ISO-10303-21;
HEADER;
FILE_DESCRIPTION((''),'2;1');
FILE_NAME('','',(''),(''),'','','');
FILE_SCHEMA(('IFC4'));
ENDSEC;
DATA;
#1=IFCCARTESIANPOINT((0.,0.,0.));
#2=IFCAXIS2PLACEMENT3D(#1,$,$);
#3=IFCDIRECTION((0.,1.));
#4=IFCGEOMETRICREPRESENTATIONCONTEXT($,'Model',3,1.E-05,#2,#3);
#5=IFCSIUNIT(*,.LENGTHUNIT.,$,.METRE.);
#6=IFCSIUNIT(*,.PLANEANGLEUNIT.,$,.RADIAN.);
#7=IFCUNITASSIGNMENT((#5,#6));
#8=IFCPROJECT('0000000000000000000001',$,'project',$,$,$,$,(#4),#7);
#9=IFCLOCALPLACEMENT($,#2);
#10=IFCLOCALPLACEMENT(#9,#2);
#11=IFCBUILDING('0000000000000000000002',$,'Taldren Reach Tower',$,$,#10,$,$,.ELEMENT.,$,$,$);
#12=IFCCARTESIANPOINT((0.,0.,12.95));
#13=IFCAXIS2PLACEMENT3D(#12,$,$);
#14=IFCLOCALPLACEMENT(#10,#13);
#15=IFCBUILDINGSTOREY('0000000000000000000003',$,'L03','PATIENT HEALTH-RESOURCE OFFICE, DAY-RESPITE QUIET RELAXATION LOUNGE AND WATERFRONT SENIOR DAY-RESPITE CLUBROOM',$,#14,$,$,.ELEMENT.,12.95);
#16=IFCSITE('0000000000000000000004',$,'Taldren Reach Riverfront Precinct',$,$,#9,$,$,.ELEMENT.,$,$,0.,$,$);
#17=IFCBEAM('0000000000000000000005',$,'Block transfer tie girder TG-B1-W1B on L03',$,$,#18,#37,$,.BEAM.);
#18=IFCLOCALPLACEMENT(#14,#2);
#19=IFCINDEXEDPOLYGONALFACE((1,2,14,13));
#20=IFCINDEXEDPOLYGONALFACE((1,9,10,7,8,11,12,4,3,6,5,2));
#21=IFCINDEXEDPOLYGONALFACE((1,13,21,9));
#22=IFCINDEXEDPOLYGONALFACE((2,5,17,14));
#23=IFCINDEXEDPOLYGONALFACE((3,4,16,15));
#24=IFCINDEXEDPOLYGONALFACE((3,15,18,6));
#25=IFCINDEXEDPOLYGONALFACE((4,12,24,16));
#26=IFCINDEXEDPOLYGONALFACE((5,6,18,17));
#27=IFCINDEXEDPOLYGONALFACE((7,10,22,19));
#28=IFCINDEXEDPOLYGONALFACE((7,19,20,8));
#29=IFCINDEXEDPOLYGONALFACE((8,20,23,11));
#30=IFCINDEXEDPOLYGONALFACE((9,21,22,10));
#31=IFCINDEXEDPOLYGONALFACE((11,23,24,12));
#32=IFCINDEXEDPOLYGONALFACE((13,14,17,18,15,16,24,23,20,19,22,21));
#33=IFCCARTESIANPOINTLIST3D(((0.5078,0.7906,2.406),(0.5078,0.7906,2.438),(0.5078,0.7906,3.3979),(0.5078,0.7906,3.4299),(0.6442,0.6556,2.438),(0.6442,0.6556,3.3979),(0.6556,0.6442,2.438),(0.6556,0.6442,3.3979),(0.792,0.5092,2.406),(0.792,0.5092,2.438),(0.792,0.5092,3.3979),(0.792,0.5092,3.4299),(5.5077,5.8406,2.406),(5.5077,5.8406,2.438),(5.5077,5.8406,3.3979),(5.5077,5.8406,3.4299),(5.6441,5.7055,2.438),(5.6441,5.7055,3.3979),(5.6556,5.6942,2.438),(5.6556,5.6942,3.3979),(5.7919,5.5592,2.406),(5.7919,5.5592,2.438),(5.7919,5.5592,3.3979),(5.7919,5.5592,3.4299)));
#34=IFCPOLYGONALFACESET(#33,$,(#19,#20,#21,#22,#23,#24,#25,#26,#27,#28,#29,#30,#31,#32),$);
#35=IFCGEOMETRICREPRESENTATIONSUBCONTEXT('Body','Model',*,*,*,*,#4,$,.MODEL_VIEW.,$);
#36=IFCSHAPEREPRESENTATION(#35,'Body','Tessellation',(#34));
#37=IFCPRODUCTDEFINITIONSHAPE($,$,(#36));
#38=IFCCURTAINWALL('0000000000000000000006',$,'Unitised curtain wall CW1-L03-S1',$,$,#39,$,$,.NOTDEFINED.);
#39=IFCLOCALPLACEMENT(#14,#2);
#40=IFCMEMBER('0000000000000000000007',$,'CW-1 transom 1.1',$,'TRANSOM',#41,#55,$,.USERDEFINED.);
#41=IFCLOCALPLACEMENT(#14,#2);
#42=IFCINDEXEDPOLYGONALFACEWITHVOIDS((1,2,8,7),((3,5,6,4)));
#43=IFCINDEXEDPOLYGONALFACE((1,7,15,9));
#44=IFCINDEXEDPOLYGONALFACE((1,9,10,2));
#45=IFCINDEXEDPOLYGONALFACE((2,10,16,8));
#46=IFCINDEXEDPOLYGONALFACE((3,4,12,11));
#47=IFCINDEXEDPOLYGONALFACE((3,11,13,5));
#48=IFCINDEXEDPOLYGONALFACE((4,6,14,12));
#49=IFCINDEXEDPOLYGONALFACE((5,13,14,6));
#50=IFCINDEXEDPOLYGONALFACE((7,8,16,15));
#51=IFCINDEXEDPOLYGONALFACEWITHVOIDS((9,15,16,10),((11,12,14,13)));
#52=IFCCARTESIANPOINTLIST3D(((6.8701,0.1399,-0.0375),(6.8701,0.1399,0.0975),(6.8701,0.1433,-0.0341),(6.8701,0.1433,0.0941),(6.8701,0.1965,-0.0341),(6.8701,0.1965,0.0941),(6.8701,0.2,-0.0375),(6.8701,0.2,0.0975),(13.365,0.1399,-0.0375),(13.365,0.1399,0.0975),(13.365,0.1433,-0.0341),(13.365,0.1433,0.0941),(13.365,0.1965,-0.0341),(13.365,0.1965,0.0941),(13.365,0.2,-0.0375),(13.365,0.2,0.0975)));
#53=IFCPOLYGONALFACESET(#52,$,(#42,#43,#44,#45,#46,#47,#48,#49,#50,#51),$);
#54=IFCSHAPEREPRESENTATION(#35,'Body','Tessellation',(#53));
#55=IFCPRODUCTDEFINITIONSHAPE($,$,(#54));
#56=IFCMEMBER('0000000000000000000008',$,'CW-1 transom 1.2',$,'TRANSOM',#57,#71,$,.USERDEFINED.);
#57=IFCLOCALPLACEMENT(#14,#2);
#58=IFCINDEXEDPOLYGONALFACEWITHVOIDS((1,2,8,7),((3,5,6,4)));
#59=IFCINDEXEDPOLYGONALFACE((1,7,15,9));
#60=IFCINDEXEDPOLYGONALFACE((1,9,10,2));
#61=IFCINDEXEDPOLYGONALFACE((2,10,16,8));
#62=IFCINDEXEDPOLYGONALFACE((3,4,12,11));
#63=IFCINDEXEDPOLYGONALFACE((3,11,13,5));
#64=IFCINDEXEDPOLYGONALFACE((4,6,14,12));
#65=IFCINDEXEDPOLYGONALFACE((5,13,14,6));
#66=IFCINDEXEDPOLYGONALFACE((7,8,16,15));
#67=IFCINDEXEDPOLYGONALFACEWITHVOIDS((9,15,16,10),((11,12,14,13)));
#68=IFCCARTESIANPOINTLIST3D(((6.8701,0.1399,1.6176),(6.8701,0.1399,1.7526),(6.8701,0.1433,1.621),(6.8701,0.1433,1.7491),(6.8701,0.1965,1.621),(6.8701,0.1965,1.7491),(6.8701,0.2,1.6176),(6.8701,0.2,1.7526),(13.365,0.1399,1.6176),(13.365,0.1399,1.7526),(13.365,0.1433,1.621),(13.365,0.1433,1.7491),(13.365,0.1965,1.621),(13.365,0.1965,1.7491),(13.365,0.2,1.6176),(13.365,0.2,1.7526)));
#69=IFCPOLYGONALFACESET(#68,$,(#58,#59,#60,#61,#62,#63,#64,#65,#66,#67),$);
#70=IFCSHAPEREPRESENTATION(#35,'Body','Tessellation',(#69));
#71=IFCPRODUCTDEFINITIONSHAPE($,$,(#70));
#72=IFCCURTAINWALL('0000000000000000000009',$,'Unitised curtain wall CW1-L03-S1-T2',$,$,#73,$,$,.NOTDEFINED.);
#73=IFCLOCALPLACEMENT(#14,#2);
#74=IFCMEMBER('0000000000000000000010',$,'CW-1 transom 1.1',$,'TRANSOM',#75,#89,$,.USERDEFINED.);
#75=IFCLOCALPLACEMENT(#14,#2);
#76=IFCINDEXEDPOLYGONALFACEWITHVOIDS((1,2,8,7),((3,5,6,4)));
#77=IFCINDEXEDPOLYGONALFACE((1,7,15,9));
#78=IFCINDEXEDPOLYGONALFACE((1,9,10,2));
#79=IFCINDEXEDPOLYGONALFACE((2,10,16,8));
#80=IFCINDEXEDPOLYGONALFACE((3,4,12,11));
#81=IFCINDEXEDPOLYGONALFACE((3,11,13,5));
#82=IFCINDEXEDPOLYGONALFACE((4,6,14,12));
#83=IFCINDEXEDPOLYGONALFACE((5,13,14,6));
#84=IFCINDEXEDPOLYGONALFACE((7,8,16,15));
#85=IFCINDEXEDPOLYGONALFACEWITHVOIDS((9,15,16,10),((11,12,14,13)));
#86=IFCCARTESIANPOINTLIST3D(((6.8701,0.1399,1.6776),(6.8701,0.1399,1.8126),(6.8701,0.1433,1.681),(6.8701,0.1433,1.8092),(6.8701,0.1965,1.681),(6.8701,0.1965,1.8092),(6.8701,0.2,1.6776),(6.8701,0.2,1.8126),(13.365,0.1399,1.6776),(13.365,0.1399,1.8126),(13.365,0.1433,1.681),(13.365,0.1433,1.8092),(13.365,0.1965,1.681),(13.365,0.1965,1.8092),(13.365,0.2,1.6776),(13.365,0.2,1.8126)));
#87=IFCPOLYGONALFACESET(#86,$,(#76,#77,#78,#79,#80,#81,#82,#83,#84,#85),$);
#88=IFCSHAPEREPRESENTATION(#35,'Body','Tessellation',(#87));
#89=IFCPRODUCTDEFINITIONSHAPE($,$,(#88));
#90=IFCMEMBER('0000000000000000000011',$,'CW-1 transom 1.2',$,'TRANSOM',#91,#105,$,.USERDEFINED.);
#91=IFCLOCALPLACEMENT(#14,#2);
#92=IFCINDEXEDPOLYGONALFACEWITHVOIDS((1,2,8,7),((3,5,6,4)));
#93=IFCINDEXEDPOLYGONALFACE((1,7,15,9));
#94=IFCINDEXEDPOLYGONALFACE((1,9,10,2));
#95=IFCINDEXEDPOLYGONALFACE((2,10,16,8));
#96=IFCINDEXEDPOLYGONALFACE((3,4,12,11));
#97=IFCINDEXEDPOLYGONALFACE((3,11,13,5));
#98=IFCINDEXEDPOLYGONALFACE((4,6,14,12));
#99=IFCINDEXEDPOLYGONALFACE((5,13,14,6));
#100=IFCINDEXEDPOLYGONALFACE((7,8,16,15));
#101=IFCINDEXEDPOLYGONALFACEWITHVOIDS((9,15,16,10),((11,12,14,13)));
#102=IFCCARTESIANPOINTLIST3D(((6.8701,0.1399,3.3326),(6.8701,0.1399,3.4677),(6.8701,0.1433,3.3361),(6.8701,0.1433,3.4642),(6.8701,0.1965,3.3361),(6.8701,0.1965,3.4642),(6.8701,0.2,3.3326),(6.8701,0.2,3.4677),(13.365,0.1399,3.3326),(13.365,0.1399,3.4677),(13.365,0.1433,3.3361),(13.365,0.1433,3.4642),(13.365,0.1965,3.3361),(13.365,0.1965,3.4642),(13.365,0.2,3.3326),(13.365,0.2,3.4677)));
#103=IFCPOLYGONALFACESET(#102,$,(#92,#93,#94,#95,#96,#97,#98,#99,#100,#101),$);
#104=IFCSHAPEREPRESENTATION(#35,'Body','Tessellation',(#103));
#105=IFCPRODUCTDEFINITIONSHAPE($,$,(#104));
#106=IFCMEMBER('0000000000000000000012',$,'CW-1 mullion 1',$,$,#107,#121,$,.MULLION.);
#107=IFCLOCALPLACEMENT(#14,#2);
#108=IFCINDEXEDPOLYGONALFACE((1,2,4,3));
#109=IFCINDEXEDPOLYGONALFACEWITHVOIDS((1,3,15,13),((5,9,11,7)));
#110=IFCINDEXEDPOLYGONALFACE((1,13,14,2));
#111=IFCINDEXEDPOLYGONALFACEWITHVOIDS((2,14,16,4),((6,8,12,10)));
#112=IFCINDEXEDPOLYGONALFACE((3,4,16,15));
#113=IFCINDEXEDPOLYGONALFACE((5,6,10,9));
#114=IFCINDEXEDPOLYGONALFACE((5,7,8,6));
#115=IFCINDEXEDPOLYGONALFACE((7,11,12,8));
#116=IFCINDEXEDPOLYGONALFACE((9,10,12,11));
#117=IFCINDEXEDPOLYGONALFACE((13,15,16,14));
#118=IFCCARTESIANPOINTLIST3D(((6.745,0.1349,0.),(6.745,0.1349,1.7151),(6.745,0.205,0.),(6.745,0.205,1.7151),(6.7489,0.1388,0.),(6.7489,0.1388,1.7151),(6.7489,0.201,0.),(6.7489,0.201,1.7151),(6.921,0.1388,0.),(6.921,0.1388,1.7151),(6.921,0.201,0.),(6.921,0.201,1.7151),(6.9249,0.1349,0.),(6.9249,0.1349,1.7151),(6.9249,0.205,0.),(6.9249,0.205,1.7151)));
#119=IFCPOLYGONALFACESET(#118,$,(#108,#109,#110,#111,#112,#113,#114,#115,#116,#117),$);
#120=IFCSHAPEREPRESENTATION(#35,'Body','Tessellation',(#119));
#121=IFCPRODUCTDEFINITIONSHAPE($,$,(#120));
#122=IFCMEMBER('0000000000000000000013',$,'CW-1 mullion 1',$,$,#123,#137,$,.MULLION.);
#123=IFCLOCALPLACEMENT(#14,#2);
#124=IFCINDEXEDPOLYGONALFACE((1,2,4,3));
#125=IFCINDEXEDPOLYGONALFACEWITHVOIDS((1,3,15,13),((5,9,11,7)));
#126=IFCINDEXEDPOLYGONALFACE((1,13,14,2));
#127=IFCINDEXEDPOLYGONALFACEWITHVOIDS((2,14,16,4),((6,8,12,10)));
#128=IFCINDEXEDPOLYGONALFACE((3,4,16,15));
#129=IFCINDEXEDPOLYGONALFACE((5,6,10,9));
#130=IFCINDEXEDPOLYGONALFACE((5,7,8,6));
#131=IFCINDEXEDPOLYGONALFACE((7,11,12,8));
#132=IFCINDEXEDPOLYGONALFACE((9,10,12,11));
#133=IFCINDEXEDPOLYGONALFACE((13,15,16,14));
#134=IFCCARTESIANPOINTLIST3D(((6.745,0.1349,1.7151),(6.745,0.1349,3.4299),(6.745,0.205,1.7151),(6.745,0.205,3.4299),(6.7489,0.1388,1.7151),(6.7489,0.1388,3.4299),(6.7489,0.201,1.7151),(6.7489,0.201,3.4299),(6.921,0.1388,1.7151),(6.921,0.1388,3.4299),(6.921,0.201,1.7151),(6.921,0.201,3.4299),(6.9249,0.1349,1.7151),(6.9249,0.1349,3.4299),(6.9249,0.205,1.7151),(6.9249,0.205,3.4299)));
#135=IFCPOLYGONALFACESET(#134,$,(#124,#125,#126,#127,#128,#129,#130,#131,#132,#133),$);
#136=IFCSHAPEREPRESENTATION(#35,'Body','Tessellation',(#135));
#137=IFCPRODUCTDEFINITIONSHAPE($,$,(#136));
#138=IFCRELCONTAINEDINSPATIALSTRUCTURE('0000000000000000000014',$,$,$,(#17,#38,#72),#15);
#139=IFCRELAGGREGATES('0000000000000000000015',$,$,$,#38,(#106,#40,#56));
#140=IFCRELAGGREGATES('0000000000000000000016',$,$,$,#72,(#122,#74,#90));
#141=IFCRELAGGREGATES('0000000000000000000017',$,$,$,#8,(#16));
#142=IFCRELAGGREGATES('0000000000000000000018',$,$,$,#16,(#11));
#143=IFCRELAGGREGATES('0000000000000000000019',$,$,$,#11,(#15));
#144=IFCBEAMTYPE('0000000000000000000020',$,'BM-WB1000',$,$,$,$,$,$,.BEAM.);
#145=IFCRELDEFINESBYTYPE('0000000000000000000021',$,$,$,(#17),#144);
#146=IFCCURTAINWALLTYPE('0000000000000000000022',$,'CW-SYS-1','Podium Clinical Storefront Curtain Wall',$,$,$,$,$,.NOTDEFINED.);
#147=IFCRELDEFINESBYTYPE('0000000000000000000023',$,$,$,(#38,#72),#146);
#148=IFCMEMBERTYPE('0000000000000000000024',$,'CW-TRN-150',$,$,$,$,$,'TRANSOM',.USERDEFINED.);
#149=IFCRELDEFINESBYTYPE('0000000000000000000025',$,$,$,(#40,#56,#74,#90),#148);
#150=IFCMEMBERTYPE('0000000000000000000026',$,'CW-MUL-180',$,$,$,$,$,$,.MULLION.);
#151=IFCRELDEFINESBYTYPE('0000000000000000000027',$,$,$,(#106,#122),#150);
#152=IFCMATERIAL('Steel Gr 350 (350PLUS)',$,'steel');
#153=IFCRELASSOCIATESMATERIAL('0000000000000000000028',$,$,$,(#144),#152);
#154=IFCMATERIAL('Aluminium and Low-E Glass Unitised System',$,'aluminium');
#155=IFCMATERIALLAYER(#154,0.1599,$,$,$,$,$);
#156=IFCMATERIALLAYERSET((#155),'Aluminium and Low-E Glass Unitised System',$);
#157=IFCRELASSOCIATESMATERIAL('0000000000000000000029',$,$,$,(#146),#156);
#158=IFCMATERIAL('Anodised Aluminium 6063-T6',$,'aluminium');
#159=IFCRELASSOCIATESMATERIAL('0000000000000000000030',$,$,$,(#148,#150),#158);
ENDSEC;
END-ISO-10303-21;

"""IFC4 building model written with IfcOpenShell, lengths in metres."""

from ifc_helpers import new_model, si_unit, direction, frame, origin, origin_2d, place, context, subcontext, project, spatial, hollow_rectangle, i_section, extrude, source, transform, mapped, material, layer, layer_set, material_profile, profile_set, type_object, element, aggregate, save


model = new_model("IFC4")

# Units and contexts
model_context = context("Model", 3, precision=1e-05, world=origin(), true_north=direction((0.0, 1.0)))
body_context = subcontext(model_context, "Body", "Model", "MODEL_VIEW")
ifc_project = project(units=[si_unit("LENGTHUNIT", "METRE"), si_unit("PLANEANGLEUNIT", "RADIAN")], contexts=[model_context])

# Site, building, storey
site_placement = place(None, origin())
site = spatial("IfcSite", under=ifc_project, at=site_placement, Name="Taldren Reach Riverfront Precinct", CompositionType="ELEMENT", RefElevation=0.0)
building_placement = place(site_placement, origin())
building = spatial("IfcBuilding", under=site, at=building_placement, Name="Taldren Reach Tower", CompositionType="ELEMENT")
storey_placement = place(building_placement, frame((0.0, 0.0, 12.95)))
storey = spatial("IfcBuildingStorey", under=building, at=storey_placement, Name="L03", Description="PATIENT HEALTH-RESOURCE OFFICE, DAY-RESPITE QUIET RELAXATION LOUNGE AND WATERFRONT SENIOR DAY-RESPITE CLUBROOM", CompositionType="ELEMENT", Elevation=12.95)

# Shared definitions
ifc_material_1 = material(Name="Steel Gr 350 (350PLUS)", Category="steel")

# Beam
ifc_material_profile_1 = material_profile(ifc_material_1, i_section(OverallWidth=0.3999, OverallDepth=1.0239, WebThickness=0.0161, FlangeThickness=0.032, at=origin_2d()), Name="1000WB322")
ifc_profile_set_1 = profile_set([ifc_material_profile_1], Name="Steel Gr 350 (350PLUS)")
beam_type_1 = type_object("IfcBeamType", Name="BM-WB1000", PredefinedType="BEAM", material=ifc_profile_set_1)
shared_shape_1 = source(origin(), body_context, "Body", "SweptSolid", [
    extrude(i_section(OverallWidth=0.3999, OverallDepth=1.0239, WebThickness=0.0161, FlangeThickness=0.032, at=origin_2d()), origin(), (0.0, 0.0, 1.0), 7.1064),
])
beam_1_placement = place(storey_placement, frame((0.6499, 0.6499, 2.918), z_axis=(0.703577, 0.710619, 0.0), x_axis=(-0.710619, 0.703577, 0.0)))
element("IfcBeam", 1, at=beam_1_placement, inside=storey, type_object=beam_type_1, Name="Block transfer tie girder TG-B1-W1B on L03", PredefinedType="BEAM", context=body_context, shape_type="MappedRepresentation", body=[
    mapped(shared_shape_1, transform((0.0, 0.0, 0.0), scale=1.0)),
])

# Curtain walls, members
ifc_material_2 = material(Name="Aluminium and Low-E Glass Unitised System", Category="aluminium")
ifc_layer_1 = layer(ifc_material_2, 0.1599)
ifc_layer_set_1 = layer_set([ifc_layer_1], Name="Aluminium and Low-E Glass Unitised System")
curtain_wall_type = type_object("IfcCurtainWallType", Name="CW-SYS-1", Description="Podium Clinical Storefront Curtain Wall", PredefinedType="NOTDEFINED", material=ifc_layer_set_1)
curtain_wall_1_placement = place(storey_placement, origin())
curtain_wall_1 = element("IfcCurtainWall", 2, at=curtain_wall_1_placement, inside=storey, type_object=curtain_wall_type, Name="Unitised curtain wall CW1-L03-S1", PredefinedType="NOTDEFINED")
ifc_material_3 = material(Name="Anodised Aluminium 6063-T6", Category="aluminium")
ifc_material_profile_2 = material_profile(ifc_material_3, hollow_rectangle(XDim=0.0601, YDim=0.135, WallThickness=0.0034, at=origin_2d()), Name="ALU-135x60x3.5RHS")
ifc_profile_set_2 = profile_set([ifc_material_profile_2], Name="Anodised Aluminium 6063-T6")
member_type_1 = type_object("IfcMemberType", Name="CW-TRN-150", ElementType="TRANSOM", PredefinedType="USERDEFINED", material=ifc_profile_set_2)
shared_shape_2 = source(origin(), body_context, "Body", "SweptSolid", [
    extrude(hollow_rectangle(XDim=0.0601, YDim=0.135, WallThickness=0.0034, at=origin_2d()), origin(), (0.0, 0.0, 1.0), 6.4949),
])
member_1_placement = place(storey_placement, frame((6.8701, 0.1699, 0.03), z_axis=(1.0, 0.0, 0.0), x_axis=(0.0, 1.0, 0.0)))
member_1 = element("IfcMember", 3, at=member_1_placement, type_object=member_type_1, Name="CW-1 transom 1.1", ObjectType="TRANSOM", PredefinedType="USERDEFINED", context=body_context, shape_type="MappedRepresentation", body=[
    mapped(shared_shape_2, transform((0.0, 0.0, 0.0), scale=1.0)),
])
member_2_placement = place(storey_placement, frame((6.8701, 0.1699, 1.6851), z_axis=(1.0, 0.0, 0.0), x_axis=(0.0, 1.0, 0.0)))
member_2 = element("IfcMember", 4, at=member_2_placement, type_object=member_type_1, Name="CW-1 transom 1.2", ObjectType="TRANSOM", PredefinedType="USERDEFINED", context=body_context, shape_type="MappedRepresentation", body=[
    mapped(shared_shape_2, transform((0.0, 0.0, 0.0), scale=1.0)),
])
curtain_wall_2_placement = place(storey_placement, origin())
curtain_wall_2 = element("IfcCurtainWall", 5, at=curtain_wall_2_placement, inside=storey, type_object=curtain_wall_type, Name="Unitised curtain wall CW1-L03-S1-T2", PredefinedType="NOTDEFINED")
member_3_placement = place(storey_placement, frame((6.8701, 0.1699, 1.7451), z_axis=(1.0, 0.0, 0.0), x_axis=(0.0, 1.0, 0.0)))
member_3 = element("IfcMember", 6, at=member_3_placement, type_object=member_type_1, Name="CW-1 transom 1.1", ObjectType="TRANSOM", PredefinedType="USERDEFINED", context=body_context, shape_type="MappedRepresentation", body=[
    mapped(shared_shape_2, transform((0.0, 0.0, 0.0), scale=1.0)),
])
member_4_placement = place(storey_placement, frame((6.8701, 0.1699, 3.4001), z_axis=(1.0, 0.0, 0.0), x_axis=(0.0, 1.0, 0.0)))
member_4 = element("IfcMember", 7, at=member_4_placement, type_object=member_type_1, Name="CW-1 transom 1.2", ObjectType="TRANSOM", PredefinedType="USERDEFINED", context=body_context, shape_type="MappedRepresentation", body=[
    mapped(shared_shape_2, transform((0.0, 0.0, 0.0), scale=1.0)),
])

# Members
ifc_material_profile_3 = material_profile(ifc_material_3, hollow_rectangle(XDim=0.0701, YDim=0.1799, WallThickness=0.0039, at=origin_2d()), Name="ALU-180x70x4RHS")
ifc_profile_set_3 = profile_set([ifc_material_profile_3], Name="Anodised Aluminium 6063-T6")
member_type_2 = type_object("IfcMemberType", Name="CW-MUL-180", PredefinedType="MULLION", material=ifc_profile_set_3)
shared_shape_3 = source(origin(), body_context, "Body", "SweptSolid", [
    extrude(hollow_rectangle(XDim=0.0701, YDim=0.1799, WallThickness=0.0039, at=origin_2d()), origin(), (0.0, 0.0, 1.0), 1.7151),
])
member_5_placement = place(storey_placement, frame((6.835, 0.1699, 0.0), z_axis=(0.0, 0.0, 1.0), x_axis=(0.0, 1.0, 0.0)))
member_5 = element("IfcMember", 8, at=member_5_placement, type_object=member_type_2, Name="CW-1 mullion 1", PredefinedType="MULLION", context=body_context, shape_type="MappedRepresentation", body=[
    mapped(shared_shape_3, transform((0.0, 0.0, 0.0), scale=1.0)),
])
aggregate(curtain_wall_1, [member_5, member_1, member_2])
shared_shape_4 = source(origin(), body_context, "Body", "SweptSolid", [
    extrude(hollow_rectangle(XDim=0.0701, YDim=0.1799, WallThickness=0.0039, at=origin_2d()), origin(), (0.0, 0.0, 1.0), 1.7148),
])
member_6_placement = place(storey_placement, frame((6.835, 0.1699, 1.7151), z_axis=(0.0, 0.0, 1.0), x_axis=(0.0, 1.0, 0.0)))
member_6 = element("IfcMember", 9, at=member_6_placement, type_object=member_type_2, Name="CW-1 mullion 1", PredefinedType="MULLION", context=body_context, shape_type="MappedRepresentation", body=[
    mapped(shared_shape_4, transform((0.0, 0.0, 0.0), scale=1.0)),
])
aggregate(curtain_wall_2, [member_6, member_3, member_4])

save(model, "model.ifc")
